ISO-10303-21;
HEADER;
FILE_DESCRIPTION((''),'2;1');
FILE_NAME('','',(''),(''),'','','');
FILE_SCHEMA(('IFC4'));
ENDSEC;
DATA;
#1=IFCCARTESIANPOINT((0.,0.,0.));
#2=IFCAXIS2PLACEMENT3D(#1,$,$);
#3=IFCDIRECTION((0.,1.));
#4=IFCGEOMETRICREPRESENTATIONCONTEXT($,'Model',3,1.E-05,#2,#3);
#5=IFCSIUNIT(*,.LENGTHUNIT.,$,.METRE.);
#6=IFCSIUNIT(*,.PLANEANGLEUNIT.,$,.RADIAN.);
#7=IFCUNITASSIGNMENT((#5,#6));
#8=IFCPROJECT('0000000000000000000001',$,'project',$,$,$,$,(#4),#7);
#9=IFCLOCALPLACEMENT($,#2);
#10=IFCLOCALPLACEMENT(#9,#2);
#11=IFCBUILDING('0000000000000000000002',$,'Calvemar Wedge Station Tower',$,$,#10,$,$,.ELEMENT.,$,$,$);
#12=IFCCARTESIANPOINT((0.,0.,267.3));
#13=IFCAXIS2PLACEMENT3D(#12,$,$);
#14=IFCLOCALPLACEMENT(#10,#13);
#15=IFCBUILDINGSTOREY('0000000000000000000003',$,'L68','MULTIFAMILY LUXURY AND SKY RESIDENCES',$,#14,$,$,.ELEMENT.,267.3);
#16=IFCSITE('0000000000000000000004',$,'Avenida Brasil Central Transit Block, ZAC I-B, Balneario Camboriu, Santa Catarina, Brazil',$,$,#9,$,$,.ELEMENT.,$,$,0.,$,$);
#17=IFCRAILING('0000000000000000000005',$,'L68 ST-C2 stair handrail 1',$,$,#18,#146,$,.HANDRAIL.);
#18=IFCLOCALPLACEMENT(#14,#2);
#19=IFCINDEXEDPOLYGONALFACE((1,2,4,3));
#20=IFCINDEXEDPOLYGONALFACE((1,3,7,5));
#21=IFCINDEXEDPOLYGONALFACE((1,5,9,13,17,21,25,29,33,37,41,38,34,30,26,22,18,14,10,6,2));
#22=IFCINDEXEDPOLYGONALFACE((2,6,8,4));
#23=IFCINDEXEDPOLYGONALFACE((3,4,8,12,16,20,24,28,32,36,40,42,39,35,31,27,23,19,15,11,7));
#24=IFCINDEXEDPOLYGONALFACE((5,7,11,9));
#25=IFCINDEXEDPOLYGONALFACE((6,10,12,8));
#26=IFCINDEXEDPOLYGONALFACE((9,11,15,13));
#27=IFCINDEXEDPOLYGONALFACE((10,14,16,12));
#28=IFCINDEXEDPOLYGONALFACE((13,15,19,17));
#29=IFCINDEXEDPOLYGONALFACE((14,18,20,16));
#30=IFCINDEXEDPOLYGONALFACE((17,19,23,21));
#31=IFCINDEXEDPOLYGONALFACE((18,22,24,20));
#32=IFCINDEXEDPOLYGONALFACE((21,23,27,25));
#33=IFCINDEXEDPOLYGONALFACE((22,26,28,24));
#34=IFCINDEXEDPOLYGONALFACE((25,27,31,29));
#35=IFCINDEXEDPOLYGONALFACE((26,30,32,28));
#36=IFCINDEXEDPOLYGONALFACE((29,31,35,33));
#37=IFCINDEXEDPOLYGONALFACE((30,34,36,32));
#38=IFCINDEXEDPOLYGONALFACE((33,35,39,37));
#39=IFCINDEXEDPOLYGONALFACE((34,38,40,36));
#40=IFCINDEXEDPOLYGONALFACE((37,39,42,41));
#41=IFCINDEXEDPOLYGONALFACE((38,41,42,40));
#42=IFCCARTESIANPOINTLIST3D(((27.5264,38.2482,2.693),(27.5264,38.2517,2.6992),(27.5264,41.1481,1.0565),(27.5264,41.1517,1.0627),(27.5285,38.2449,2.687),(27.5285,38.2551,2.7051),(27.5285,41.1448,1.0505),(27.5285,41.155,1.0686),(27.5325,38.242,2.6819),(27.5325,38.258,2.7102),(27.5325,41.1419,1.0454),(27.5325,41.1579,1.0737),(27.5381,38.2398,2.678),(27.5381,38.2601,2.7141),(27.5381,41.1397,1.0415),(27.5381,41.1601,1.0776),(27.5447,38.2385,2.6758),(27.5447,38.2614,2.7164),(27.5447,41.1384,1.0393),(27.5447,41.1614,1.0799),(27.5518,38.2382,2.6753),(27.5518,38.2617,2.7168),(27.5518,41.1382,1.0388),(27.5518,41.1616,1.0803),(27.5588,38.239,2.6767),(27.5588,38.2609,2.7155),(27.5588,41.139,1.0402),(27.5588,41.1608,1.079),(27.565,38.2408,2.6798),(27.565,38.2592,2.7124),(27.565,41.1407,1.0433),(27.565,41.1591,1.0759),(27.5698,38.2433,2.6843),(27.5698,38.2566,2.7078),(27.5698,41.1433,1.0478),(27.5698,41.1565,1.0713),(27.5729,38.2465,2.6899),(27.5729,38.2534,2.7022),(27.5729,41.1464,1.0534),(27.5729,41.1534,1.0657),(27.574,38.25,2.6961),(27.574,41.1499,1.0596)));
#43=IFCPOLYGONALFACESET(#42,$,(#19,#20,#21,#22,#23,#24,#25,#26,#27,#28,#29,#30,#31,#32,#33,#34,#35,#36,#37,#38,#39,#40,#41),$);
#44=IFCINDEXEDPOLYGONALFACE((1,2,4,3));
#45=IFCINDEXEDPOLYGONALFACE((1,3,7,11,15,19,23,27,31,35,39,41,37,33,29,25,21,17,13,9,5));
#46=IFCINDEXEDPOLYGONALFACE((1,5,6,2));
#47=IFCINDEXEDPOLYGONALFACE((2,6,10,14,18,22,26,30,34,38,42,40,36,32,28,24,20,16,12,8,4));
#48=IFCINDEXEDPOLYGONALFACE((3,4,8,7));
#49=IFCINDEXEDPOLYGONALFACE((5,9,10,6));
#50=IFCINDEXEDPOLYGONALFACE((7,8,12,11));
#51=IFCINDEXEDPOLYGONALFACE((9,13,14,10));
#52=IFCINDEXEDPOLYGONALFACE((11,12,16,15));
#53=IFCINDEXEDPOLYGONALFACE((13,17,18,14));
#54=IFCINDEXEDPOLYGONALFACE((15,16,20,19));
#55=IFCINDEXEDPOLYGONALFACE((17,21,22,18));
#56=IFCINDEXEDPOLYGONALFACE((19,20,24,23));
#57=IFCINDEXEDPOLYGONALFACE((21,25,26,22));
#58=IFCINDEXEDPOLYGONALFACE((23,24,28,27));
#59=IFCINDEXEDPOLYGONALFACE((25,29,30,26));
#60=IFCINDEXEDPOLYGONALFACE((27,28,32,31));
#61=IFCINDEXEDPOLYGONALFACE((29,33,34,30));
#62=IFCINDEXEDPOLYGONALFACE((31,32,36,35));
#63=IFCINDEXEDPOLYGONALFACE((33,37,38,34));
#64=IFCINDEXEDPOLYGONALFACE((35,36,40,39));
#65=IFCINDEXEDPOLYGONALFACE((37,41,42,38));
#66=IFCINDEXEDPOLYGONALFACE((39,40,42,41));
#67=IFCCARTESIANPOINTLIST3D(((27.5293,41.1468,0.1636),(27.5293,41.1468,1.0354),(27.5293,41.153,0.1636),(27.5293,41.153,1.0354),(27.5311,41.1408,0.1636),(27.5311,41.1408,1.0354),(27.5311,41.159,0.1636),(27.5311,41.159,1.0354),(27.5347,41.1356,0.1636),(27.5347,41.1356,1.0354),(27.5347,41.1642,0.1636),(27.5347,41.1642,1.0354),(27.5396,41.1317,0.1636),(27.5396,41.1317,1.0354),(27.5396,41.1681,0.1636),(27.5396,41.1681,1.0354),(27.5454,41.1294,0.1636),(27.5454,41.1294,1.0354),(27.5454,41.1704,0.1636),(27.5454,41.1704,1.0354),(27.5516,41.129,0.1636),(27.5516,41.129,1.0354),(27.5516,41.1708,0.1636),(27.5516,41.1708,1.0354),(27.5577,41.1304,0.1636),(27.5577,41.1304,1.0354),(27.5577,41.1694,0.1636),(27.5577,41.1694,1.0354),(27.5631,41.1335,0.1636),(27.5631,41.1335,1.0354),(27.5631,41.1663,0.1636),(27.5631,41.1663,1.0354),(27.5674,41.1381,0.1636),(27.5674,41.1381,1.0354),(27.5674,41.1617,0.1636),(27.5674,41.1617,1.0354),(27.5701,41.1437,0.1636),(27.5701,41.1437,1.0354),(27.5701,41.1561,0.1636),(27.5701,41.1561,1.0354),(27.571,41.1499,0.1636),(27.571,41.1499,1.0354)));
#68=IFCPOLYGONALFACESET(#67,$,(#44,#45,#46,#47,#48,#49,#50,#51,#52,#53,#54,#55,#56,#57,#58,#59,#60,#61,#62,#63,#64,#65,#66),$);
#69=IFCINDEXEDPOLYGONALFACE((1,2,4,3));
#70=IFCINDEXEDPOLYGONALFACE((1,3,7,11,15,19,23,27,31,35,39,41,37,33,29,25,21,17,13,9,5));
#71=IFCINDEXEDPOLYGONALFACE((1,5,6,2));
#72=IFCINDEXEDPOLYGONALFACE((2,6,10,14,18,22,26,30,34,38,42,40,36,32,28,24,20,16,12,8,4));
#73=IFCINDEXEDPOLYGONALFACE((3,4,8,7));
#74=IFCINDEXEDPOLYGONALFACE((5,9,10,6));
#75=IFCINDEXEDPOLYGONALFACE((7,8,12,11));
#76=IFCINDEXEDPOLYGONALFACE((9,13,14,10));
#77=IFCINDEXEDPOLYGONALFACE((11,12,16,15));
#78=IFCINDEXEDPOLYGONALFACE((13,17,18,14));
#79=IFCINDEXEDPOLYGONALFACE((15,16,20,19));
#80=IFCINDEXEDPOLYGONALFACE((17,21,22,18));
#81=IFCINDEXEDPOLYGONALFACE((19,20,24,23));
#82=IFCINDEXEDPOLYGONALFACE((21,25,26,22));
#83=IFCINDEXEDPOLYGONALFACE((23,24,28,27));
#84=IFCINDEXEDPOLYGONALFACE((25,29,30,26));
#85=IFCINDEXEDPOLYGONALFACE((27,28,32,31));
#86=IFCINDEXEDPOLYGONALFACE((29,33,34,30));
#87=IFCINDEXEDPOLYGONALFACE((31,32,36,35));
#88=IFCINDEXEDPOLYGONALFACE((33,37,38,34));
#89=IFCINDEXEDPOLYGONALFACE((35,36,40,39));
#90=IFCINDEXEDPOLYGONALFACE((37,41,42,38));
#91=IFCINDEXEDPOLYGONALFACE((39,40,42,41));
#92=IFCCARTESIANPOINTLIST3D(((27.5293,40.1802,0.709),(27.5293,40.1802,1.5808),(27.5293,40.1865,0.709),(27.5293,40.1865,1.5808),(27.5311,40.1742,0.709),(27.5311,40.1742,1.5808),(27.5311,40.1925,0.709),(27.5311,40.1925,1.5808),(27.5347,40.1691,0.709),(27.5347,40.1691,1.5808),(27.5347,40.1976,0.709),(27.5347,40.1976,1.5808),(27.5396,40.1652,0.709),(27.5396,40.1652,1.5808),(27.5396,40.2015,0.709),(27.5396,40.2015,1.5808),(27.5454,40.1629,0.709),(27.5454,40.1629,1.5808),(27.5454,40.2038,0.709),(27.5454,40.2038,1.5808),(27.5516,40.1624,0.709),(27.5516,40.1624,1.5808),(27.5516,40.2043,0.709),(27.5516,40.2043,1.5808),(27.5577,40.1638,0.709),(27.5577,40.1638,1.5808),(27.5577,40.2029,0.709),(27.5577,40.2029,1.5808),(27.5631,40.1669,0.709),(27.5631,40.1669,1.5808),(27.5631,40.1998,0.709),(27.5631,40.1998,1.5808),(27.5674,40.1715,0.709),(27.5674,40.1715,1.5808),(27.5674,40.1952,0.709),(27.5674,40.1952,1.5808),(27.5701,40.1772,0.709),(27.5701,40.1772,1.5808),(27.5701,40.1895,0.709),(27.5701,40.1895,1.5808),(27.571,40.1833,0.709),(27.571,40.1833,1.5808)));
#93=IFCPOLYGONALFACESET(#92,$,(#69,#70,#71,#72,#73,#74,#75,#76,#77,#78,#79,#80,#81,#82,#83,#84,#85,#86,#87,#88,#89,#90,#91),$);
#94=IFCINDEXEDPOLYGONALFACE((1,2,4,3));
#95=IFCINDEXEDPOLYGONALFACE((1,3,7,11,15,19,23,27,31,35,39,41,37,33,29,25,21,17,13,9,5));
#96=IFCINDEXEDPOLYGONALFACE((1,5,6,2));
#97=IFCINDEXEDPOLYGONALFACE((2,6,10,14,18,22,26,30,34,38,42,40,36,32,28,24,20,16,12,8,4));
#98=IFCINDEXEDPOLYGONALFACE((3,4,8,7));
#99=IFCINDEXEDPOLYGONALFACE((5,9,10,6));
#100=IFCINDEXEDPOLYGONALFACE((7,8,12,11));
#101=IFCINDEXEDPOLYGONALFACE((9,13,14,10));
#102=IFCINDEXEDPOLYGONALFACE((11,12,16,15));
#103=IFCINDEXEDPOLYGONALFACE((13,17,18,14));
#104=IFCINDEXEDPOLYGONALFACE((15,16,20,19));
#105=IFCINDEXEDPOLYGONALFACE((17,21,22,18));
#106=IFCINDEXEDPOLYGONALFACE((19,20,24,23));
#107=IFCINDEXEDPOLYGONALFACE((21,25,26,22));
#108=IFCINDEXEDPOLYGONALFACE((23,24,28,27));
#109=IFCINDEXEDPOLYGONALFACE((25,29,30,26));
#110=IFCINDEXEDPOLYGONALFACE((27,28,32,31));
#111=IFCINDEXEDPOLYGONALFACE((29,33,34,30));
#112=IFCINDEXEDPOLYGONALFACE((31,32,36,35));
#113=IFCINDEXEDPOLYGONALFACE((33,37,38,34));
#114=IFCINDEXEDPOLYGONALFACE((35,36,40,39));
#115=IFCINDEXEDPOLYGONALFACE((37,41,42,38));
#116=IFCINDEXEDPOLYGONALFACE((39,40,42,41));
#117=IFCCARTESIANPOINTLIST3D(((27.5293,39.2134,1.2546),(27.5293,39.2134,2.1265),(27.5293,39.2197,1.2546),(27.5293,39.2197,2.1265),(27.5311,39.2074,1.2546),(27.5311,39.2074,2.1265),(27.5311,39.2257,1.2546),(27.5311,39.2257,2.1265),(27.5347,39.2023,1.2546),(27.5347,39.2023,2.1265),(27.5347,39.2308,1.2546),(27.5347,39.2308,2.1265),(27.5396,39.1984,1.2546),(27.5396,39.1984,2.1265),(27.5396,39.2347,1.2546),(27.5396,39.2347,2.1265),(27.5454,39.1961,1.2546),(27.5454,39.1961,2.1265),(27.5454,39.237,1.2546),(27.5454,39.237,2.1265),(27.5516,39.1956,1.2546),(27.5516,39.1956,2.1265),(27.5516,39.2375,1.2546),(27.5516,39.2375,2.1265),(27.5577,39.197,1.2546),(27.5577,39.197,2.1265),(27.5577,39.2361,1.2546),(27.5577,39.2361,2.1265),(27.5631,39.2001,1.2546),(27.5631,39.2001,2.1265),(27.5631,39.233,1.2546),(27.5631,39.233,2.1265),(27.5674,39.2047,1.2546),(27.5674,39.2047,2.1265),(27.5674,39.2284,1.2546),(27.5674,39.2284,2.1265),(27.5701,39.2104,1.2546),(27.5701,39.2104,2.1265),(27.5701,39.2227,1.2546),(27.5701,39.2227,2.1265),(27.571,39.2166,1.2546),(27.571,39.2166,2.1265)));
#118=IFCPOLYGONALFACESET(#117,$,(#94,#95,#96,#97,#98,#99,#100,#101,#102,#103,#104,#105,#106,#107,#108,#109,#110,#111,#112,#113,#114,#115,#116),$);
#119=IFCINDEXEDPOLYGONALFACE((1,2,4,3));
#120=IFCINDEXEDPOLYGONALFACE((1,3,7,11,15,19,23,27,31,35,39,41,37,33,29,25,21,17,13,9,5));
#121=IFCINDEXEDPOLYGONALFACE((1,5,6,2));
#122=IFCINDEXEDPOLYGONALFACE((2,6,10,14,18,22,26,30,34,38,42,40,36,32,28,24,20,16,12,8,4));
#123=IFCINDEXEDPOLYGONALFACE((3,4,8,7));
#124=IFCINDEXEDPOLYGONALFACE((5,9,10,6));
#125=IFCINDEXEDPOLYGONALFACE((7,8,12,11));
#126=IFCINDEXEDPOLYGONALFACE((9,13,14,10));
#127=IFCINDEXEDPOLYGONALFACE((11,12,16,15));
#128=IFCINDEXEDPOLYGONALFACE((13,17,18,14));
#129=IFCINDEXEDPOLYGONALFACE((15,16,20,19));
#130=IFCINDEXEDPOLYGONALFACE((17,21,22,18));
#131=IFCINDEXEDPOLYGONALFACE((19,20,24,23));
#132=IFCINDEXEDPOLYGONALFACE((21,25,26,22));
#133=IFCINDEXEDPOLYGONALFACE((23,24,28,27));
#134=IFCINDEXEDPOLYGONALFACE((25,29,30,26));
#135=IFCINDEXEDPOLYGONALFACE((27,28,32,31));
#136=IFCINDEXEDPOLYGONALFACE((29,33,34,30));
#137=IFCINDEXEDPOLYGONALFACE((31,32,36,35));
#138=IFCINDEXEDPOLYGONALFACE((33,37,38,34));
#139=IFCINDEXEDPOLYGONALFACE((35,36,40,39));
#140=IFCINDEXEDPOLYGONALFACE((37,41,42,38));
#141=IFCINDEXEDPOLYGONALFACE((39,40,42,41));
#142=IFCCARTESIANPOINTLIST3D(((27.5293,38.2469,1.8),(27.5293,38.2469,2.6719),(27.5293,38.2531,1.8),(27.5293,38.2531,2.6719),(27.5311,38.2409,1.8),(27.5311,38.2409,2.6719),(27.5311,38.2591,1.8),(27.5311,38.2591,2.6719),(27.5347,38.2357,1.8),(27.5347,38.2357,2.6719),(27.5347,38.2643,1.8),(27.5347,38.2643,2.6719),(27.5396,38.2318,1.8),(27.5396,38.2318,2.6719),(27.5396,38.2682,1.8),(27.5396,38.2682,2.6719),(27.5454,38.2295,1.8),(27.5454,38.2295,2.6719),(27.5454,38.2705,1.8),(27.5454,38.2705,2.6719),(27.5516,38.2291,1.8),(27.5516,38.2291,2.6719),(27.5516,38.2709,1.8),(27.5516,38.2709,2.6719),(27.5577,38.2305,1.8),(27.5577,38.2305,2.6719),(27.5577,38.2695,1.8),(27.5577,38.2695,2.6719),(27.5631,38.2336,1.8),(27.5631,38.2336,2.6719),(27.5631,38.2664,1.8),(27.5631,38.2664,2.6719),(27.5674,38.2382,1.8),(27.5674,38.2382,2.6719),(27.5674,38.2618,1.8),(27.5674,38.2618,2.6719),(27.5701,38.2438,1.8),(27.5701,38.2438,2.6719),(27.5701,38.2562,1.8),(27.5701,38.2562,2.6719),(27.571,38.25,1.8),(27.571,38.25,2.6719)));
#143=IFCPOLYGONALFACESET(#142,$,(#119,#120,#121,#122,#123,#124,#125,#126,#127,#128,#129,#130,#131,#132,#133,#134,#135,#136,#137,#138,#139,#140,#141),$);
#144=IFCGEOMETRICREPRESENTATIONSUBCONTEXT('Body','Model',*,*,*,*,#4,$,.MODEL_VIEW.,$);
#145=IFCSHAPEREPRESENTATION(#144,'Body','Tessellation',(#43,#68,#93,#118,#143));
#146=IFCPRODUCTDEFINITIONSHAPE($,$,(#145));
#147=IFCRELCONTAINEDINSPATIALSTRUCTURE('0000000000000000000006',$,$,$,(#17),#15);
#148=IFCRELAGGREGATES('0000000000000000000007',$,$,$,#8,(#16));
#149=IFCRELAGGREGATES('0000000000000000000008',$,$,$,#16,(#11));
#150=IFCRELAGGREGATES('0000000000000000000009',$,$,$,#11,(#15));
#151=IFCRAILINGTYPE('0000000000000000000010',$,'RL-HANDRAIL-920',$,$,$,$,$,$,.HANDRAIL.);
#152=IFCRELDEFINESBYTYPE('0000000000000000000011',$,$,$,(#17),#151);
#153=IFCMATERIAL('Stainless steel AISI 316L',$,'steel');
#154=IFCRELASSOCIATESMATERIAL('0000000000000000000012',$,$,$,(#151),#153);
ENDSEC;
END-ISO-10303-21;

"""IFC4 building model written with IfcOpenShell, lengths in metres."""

from ifc_helpers import new_model, si_unit, direction, frame, origin, origin_2d, place, context, subcontext, project, spatial, circle, extrude, material, type_object, element, save


model = new_model("IFC4")

# Units and contexts
model_context = context("Model", 3, precision=1e-05, world=origin(), true_north=direction((0.0, 1.0)))
body_context = subcontext(model_context, "Body", "Model", "MODEL_VIEW")
ifc_project = project(units=[si_unit("LENGTHUNIT", "METRE"), si_unit("PLANEANGLEUNIT", "RADIAN")], contexts=[model_context])

# Site, building, storey
site_placement = place(None, origin())
site = spatial("IfcSite", under=ifc_project, at=site_placement, Name="Avenida Brasil Central Transit Block, ZAC I-B, Balneario Camboriu, Santa Catarina, Brazil", CompositionType="ELEMENT", RefElevation=0.0)
building_placement = place(site_placement, origin())
building = spatial("IfcBuilding", under=site, at=building_placement, Name="Calvemar Wedge Station Tower", CompositionType="ELEMENT")
storey_placement = place(building_placement, frame((0.0, 0.0, 267.3)))
storey = spatial("IfcBuildingStorey", under=building, at=storey_placement, Name="L68", Description="MULTIFAMILY LUXURY AND SKY RESIDENCES", CompositionType="ELEMENT", Elevation=267.3)

# Railing
ifc_material_1 = material(Name="Stainless steel AISI 316L", Category="steel")
railing_type_1 = type_object("IfcRailingType", Name="RL-HANDRAIL-920", PredefinedType="HANDRAIL", material=ifc_material_1)
railing_1_placement = place(storey_placement, frame((27.55, 41.1499, 0.1636)))
element("IfcRailing", 1, at=railing_1_placement, inside=storey, type_object=railing_type_1, Name="L68 ST-C2 stair handrail 1", PredefinedType="HANDRAIL", context=body_context, shape_type="SweptSolid", body=[
    extrude(circle(Radius=0.0239, at=origin_2d()), frame((0.0, 0.0, 0.896), z_axis=(0.0, -0.870897, 0.491465), x_axis=(1.0, 0.0, 0.0)), (0.0, 0.0, 1.0), 3.3298),
    extrude(circle(Radius=0.021, at=origin_2d()), origin(), (0.0, 0.0, 1.0), 0.8718),
    extrude(circle(Radius=0.021, at=origin_2d()), frame((0.0, -0.9666, 0.5454)), (0.0, 0.0, 1.0), 0.8718),
    extrude(circle(Radius=0.021, at=origin_2d()), frame((0.0, -1.9333, 1.0911)), (0.0, 0.0, 1.0), 0.8718),
    extrude(circle(Radius=0.021, at=origin_2d()), frame((0.0, -2.8999, 1.6365)), (0.0, 0.0, 1.0), 0.8718),
])

save(model, "model.ifc")
